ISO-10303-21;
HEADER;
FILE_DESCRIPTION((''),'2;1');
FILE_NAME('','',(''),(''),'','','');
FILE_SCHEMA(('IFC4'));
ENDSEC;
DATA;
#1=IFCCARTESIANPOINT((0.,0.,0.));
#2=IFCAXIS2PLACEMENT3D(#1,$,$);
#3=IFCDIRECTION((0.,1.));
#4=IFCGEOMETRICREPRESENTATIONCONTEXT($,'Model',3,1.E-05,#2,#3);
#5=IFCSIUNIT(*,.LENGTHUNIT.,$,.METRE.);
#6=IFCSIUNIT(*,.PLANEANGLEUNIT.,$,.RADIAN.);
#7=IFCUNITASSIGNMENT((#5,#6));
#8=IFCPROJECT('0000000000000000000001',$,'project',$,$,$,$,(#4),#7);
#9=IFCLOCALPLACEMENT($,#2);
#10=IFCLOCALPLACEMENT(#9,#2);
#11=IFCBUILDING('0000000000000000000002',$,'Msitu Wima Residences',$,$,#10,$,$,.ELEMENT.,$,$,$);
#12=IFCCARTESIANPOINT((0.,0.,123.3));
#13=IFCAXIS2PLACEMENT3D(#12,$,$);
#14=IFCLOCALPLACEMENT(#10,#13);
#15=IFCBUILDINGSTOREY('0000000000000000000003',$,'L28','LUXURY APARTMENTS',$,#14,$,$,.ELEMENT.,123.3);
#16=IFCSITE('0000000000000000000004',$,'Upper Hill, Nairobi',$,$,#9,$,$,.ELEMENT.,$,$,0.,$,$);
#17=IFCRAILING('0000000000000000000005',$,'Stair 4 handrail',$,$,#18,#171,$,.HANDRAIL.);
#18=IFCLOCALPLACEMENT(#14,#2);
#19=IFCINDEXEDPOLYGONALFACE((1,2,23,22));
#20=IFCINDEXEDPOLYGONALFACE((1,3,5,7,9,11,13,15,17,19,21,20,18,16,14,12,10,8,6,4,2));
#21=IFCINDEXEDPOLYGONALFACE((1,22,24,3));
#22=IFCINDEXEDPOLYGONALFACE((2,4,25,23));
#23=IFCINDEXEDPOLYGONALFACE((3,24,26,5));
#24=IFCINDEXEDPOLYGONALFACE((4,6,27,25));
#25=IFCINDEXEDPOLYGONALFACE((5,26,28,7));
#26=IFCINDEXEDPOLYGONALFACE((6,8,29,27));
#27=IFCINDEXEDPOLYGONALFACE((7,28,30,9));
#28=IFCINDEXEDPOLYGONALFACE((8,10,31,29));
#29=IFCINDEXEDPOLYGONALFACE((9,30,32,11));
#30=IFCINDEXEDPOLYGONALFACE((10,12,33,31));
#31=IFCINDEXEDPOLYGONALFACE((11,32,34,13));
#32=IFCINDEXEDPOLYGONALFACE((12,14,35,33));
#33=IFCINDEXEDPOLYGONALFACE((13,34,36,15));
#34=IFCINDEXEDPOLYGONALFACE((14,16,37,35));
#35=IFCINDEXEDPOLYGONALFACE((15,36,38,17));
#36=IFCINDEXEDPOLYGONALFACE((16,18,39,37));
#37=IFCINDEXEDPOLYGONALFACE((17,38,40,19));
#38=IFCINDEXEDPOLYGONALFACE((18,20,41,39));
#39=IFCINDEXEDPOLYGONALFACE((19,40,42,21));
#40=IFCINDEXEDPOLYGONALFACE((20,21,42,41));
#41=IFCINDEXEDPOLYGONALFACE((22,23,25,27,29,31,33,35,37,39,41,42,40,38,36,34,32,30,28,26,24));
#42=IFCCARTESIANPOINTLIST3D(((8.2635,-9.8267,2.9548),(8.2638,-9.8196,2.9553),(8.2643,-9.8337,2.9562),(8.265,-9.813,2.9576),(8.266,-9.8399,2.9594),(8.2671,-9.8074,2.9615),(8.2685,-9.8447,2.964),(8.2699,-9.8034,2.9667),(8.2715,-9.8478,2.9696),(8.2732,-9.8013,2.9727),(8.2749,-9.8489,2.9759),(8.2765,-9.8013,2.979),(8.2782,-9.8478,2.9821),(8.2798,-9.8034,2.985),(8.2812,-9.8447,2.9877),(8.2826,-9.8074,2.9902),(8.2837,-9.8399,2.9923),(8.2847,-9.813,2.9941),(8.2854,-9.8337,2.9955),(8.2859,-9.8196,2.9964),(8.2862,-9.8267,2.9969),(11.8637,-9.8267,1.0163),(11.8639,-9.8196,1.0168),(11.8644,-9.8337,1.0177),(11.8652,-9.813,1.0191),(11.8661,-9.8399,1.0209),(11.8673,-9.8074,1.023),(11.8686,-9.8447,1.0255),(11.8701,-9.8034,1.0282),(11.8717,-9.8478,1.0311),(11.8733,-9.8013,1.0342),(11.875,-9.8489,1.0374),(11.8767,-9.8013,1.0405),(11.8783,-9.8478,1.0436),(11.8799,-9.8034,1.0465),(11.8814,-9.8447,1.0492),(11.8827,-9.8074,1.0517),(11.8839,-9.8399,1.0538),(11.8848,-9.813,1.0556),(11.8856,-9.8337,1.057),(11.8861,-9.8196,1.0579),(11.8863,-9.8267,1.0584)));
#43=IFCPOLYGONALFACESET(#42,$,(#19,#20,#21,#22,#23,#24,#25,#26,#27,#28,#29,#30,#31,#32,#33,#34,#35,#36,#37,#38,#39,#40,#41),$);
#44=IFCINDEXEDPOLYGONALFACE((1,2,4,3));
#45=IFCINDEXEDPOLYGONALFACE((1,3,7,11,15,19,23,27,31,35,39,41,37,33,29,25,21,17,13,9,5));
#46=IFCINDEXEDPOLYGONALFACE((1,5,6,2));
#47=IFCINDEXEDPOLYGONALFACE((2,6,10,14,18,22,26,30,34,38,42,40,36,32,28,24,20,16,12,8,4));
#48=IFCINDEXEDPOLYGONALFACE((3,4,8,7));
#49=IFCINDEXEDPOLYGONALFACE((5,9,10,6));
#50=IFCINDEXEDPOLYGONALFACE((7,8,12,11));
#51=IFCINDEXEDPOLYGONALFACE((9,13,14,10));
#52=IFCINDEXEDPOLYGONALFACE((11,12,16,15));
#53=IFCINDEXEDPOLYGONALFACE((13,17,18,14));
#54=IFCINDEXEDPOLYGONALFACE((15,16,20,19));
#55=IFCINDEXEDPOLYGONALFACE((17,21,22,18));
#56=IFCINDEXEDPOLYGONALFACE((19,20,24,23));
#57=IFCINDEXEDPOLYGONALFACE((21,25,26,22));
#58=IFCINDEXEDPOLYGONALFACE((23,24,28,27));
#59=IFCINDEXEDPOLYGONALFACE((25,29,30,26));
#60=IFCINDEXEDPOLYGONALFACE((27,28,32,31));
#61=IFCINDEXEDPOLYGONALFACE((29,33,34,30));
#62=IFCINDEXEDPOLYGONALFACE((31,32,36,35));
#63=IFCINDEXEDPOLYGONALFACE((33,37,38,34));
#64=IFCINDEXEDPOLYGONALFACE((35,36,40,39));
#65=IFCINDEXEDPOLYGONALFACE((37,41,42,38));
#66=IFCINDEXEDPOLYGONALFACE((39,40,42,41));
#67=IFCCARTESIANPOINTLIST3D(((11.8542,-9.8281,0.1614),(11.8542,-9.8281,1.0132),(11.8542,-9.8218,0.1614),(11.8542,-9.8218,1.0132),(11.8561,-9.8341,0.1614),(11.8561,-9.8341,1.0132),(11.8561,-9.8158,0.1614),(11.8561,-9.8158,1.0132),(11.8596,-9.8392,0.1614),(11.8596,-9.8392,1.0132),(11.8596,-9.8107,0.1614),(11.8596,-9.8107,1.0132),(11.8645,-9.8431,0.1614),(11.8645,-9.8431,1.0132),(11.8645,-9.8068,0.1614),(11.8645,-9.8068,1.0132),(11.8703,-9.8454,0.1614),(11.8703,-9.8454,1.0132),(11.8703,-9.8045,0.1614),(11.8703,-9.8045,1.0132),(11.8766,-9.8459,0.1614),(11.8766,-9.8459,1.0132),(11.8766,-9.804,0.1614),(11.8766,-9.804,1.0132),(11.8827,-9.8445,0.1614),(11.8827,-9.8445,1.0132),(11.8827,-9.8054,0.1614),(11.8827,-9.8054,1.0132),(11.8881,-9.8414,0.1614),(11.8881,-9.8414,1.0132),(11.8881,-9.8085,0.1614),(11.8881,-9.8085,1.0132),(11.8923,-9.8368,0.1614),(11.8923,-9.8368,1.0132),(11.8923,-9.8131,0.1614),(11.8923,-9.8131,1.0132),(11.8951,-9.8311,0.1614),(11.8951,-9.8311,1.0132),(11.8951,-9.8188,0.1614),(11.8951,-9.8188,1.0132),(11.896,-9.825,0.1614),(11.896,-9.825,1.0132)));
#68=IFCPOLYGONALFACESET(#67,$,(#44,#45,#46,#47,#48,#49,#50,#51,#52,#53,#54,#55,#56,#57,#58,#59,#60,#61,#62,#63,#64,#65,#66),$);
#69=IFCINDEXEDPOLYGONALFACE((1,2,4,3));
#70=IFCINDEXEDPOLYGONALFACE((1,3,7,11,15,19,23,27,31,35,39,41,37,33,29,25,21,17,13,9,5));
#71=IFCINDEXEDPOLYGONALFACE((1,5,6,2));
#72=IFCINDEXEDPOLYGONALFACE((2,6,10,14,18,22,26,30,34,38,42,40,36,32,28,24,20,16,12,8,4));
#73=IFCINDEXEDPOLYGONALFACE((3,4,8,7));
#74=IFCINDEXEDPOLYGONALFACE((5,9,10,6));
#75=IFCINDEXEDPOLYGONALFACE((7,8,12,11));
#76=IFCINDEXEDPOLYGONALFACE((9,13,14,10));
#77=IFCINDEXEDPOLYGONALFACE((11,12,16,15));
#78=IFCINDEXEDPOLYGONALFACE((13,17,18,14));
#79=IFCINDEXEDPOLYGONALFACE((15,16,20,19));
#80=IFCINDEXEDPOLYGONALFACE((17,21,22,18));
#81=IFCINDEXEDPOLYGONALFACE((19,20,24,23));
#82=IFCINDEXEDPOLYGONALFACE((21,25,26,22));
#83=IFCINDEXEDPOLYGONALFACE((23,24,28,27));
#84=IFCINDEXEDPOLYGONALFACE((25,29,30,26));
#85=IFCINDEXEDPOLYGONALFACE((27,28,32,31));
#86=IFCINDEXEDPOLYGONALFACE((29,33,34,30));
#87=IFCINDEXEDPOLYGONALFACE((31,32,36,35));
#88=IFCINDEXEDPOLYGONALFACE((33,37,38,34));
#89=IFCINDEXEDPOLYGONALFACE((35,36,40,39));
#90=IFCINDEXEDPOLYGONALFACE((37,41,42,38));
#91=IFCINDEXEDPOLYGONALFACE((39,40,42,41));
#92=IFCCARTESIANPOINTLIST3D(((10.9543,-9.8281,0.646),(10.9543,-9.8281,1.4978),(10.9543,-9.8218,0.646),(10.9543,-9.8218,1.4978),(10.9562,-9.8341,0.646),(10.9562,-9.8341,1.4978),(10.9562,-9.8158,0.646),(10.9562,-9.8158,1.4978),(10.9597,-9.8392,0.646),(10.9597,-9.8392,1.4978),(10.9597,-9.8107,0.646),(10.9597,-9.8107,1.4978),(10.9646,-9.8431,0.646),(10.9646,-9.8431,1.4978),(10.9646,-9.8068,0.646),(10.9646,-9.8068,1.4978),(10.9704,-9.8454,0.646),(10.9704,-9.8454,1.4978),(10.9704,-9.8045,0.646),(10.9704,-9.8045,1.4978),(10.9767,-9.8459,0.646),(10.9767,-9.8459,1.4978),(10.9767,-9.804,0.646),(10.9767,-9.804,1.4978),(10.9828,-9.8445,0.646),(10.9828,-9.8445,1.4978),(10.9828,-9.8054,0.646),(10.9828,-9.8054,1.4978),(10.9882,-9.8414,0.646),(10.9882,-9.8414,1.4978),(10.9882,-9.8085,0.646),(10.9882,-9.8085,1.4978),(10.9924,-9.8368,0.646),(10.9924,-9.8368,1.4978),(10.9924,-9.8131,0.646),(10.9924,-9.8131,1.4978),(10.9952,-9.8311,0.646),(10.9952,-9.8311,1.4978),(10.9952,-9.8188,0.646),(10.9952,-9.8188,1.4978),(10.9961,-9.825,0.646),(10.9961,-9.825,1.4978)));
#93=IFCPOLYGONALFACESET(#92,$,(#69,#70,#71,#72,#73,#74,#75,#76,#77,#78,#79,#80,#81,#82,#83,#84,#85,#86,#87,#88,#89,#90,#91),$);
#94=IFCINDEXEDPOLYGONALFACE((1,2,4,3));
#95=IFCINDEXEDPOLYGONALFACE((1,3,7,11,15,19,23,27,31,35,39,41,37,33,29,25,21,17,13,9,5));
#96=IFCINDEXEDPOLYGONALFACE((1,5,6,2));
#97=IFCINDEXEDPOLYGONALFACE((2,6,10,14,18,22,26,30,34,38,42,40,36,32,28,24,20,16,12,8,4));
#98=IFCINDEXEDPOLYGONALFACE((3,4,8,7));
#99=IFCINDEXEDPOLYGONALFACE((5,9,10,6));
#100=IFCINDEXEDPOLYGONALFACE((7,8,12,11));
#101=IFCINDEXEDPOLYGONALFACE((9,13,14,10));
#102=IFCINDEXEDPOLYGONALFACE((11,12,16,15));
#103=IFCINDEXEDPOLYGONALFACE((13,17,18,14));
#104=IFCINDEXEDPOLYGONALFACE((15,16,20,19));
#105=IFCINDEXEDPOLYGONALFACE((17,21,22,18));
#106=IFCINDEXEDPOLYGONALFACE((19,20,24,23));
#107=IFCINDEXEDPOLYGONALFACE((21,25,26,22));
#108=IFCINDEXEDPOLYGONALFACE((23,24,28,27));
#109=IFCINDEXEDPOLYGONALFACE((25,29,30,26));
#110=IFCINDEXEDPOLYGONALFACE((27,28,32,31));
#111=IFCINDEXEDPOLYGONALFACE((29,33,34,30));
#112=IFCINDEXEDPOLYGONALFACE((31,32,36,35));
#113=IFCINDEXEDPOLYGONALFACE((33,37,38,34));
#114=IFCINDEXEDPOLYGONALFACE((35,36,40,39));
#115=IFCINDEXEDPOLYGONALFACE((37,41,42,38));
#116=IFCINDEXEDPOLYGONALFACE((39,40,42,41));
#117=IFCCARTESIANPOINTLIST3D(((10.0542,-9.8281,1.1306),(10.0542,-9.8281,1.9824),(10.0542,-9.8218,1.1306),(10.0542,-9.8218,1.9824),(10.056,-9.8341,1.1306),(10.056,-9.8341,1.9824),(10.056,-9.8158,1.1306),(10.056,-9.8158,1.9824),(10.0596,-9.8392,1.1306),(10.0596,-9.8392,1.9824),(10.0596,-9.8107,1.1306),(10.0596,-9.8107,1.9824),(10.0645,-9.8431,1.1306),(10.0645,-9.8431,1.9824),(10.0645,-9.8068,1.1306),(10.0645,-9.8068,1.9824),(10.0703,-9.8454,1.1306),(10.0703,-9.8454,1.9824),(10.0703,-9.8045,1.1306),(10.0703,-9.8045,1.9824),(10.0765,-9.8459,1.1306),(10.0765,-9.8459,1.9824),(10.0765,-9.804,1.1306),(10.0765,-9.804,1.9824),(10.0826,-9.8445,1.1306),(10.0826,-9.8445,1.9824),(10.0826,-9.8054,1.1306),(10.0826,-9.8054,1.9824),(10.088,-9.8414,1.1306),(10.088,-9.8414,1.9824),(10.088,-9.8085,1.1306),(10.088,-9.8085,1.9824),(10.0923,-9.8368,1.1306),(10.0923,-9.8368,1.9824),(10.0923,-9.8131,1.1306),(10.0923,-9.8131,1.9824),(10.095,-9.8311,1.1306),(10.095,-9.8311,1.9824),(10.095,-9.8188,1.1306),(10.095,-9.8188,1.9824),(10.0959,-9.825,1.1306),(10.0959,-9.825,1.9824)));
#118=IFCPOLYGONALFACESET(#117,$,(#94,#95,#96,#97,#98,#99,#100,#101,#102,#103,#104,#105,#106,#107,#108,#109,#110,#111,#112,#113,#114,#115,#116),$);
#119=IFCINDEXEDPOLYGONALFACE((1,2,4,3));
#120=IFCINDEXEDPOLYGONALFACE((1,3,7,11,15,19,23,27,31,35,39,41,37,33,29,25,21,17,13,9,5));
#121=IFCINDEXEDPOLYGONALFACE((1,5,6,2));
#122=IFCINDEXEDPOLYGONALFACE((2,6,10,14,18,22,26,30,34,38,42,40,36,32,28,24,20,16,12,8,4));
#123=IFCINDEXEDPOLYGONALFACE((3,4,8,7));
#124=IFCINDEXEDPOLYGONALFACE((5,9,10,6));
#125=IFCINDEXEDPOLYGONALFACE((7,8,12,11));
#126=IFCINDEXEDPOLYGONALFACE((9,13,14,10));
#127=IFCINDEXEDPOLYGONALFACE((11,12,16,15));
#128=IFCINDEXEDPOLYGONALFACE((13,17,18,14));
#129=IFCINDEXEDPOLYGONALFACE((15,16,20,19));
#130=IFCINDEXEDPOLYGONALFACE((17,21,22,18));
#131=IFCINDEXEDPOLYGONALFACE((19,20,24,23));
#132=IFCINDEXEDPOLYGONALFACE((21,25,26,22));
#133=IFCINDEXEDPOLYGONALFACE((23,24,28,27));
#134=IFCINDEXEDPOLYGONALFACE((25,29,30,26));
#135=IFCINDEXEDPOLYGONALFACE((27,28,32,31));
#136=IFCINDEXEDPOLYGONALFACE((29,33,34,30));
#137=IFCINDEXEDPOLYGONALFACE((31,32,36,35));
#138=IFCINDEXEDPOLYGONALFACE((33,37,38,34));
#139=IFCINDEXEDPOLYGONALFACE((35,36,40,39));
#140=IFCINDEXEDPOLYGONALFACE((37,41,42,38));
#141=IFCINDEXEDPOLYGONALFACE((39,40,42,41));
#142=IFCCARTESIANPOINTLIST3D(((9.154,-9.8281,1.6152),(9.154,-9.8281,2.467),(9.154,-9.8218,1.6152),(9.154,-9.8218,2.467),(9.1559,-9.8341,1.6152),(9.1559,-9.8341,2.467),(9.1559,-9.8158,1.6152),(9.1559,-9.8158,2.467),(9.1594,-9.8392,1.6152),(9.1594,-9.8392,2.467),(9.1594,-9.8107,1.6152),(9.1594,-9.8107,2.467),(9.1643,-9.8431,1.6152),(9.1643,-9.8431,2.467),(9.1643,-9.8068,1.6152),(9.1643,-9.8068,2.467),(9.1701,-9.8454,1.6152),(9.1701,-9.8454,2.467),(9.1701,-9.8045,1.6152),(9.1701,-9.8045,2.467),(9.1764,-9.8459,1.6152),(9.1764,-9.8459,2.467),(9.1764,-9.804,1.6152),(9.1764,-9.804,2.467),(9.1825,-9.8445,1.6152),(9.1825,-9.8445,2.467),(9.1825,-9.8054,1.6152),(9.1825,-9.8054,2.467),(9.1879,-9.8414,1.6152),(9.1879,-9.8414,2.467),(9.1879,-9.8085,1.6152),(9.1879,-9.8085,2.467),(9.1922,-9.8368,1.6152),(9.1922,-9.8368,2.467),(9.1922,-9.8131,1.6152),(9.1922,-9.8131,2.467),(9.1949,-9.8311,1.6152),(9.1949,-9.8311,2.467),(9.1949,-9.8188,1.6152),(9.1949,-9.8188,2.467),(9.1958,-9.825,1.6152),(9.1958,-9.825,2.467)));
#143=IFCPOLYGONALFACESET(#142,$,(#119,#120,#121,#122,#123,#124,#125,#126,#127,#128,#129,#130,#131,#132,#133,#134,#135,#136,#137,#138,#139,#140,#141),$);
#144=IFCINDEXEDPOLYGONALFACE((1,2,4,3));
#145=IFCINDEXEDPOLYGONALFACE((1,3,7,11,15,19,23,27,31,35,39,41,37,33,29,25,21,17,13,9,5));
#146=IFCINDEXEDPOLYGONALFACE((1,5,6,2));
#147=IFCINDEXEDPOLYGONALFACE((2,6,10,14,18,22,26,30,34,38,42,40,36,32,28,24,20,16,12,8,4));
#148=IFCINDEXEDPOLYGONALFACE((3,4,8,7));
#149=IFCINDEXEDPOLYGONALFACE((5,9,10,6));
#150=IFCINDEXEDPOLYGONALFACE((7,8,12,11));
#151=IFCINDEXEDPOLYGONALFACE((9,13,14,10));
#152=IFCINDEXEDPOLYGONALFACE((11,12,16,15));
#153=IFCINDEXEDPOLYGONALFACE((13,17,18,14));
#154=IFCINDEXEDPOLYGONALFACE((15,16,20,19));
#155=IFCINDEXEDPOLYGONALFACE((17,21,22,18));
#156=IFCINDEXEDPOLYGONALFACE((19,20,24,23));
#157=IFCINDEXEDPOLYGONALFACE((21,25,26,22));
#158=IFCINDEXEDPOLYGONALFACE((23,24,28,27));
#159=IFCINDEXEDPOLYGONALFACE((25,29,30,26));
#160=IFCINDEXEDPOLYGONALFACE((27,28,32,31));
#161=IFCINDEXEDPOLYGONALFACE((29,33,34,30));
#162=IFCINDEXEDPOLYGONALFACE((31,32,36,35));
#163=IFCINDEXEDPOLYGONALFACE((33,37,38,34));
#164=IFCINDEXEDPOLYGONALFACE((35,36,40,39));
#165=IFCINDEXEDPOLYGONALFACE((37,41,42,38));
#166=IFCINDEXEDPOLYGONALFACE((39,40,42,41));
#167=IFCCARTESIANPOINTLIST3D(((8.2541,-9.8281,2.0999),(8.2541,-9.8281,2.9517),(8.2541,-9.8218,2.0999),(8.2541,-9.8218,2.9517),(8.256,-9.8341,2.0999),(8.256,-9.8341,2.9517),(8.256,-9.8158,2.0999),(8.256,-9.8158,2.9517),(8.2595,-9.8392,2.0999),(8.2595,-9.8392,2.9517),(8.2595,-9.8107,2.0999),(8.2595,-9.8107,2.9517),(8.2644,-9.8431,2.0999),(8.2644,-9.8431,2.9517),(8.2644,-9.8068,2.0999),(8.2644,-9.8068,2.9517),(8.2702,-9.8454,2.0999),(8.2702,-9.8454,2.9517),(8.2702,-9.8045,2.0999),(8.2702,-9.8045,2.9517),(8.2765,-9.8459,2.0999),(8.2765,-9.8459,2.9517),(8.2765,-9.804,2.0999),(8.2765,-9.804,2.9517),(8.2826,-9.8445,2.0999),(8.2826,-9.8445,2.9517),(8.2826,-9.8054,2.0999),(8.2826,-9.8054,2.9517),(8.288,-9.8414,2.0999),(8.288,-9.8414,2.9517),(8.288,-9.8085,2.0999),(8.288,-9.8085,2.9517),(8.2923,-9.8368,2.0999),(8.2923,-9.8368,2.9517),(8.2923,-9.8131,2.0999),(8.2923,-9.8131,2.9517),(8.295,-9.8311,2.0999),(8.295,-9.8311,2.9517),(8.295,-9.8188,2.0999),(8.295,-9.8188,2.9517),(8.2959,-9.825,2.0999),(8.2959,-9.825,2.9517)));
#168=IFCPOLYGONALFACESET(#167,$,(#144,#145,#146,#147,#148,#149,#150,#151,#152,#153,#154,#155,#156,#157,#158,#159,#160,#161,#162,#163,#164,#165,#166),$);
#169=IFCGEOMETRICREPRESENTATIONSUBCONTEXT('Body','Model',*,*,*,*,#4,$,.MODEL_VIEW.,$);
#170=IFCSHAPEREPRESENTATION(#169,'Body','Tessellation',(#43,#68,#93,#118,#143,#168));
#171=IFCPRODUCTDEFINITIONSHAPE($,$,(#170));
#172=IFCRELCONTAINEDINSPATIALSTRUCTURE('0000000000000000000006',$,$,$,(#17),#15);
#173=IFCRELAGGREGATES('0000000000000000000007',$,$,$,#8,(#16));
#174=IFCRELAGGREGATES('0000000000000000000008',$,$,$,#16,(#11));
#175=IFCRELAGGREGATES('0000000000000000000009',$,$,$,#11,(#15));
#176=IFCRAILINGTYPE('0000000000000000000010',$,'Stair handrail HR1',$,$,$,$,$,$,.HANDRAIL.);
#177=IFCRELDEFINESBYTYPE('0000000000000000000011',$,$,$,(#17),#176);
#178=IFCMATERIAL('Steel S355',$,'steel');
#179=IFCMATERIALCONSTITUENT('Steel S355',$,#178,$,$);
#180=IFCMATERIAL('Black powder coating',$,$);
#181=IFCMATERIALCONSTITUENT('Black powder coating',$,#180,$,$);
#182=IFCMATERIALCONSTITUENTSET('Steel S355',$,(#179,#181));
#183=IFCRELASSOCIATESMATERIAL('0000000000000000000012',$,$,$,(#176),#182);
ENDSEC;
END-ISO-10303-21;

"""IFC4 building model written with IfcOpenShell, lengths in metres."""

from ifc_helpers import new_model, si_unit, direction, frame, origin, origin_2d, place, context, subcontext, project, spatial, circle, extrude, material, constituent, constituent_set, type_object, element, save


model = new_model("IFC4")

# Units and contexts
model_context = context("Model", 3, precision=1e-05, world=origin(), true_north=direction((0.0, 1.0)))
body_context = subcontext(model_context, "Body", "Model", "MODEL_VIEW")
ifc_project = project(units=[si_unit("LENGTHUNIT", "METRE"), si_unit("PLANEANGLEUNIT", "RADIAN")], contexts=[model_context])

# Site, building, storey
site_placement = place(None, origin())
site = spatial("IfcSite", under=ifc_project, at=site_placement, Name="Upper Hill, Nairobi", CompositionType="ELEMENT", RefElevation=0.0)
building_placement = place(site_placement, origin())
building = spatial("IfcBuilding", under=site, at=building_placement, Name="Msitu Wima Residences", CompositionType="ELEMENT")
storey_placement = place(building_placement, frame((0.0, 0.0, 123.3)))
storey = spatial("IfcBuildingStorey", under=building, at=storey_placement, Name="L28", Description="LUXURY APARTMENTS", CompositionType="ELEMENT", Elevation=123.3)

# Railing
ifc_material_1 = material(Name="Steel S355", Category="steel")
ifc_constituent_1 = constituent(ifc_material_1, Name="Steel S355")
ifc_material_2 = material(Name="Black powder coating")
ifc_constituent_2 = constituent(ifc_material_2, Name="Black powder coating")
ifc_constituent_set = constituent_set(constituents=[ifc_constituent_1, ifc_constituent_2], Name="Steel S355")
railing_type = type_object("IfcRailingType", Name="Stair handrail HR1", PredefinedType="HANDRAIL", material=ifc_constituent_set)
for number, where, name in (
    (1, (11.875, -9.825, 0.1614), "Stair 4 handrail"),
):
    element("IfcRailing", number, at=place(storey_placement, frame(where)), inside=storey, type_object=railing_type, Name=name, PredefinedType="HANDRAIL", context=body_context, shape_type="SweptSolid", body=[
        extrude(circle(Radius=0.0239, at=origin_2d()), frame((0.0, 0.0, 0.876), z_axis=(-0.880475, 0.0, 0.474093), x_axis=(0.0, -1.0, 0.0)), (0.0, 0.0, 1.0), 4.0889),
        extrude(circle(Radius=0.021, at=origin_2d()), origin(), (0.0, 0.0, 1.0), 0.8518),
        extrude(circle(Radius=0.021, at=origin_2d()), frame((-0.8999, 0.0, 0.4846)), (0.0, 0.0, 1.0), 0.8518),
        extrude(circle(Radius=0.021, at=origin_2d()), frame((-1.8, 0.0, 0.9692)), (0.0, 0.0, 1.0), 0.8518),
        extrude(circle(Radius=0.021, at=origin_2d()), frame((-2.7002, 0.0, 1.4539)), (0.0, 0.0, 1.0), 0.8518),
        extrude(circle(Radius=0.021, at=origin_2d()), frame((-3.6001, 0.0, 1.9385)), (0.0, 0.0, 1.0), 0.8518),
    ])

save(model, "model.ifc")
